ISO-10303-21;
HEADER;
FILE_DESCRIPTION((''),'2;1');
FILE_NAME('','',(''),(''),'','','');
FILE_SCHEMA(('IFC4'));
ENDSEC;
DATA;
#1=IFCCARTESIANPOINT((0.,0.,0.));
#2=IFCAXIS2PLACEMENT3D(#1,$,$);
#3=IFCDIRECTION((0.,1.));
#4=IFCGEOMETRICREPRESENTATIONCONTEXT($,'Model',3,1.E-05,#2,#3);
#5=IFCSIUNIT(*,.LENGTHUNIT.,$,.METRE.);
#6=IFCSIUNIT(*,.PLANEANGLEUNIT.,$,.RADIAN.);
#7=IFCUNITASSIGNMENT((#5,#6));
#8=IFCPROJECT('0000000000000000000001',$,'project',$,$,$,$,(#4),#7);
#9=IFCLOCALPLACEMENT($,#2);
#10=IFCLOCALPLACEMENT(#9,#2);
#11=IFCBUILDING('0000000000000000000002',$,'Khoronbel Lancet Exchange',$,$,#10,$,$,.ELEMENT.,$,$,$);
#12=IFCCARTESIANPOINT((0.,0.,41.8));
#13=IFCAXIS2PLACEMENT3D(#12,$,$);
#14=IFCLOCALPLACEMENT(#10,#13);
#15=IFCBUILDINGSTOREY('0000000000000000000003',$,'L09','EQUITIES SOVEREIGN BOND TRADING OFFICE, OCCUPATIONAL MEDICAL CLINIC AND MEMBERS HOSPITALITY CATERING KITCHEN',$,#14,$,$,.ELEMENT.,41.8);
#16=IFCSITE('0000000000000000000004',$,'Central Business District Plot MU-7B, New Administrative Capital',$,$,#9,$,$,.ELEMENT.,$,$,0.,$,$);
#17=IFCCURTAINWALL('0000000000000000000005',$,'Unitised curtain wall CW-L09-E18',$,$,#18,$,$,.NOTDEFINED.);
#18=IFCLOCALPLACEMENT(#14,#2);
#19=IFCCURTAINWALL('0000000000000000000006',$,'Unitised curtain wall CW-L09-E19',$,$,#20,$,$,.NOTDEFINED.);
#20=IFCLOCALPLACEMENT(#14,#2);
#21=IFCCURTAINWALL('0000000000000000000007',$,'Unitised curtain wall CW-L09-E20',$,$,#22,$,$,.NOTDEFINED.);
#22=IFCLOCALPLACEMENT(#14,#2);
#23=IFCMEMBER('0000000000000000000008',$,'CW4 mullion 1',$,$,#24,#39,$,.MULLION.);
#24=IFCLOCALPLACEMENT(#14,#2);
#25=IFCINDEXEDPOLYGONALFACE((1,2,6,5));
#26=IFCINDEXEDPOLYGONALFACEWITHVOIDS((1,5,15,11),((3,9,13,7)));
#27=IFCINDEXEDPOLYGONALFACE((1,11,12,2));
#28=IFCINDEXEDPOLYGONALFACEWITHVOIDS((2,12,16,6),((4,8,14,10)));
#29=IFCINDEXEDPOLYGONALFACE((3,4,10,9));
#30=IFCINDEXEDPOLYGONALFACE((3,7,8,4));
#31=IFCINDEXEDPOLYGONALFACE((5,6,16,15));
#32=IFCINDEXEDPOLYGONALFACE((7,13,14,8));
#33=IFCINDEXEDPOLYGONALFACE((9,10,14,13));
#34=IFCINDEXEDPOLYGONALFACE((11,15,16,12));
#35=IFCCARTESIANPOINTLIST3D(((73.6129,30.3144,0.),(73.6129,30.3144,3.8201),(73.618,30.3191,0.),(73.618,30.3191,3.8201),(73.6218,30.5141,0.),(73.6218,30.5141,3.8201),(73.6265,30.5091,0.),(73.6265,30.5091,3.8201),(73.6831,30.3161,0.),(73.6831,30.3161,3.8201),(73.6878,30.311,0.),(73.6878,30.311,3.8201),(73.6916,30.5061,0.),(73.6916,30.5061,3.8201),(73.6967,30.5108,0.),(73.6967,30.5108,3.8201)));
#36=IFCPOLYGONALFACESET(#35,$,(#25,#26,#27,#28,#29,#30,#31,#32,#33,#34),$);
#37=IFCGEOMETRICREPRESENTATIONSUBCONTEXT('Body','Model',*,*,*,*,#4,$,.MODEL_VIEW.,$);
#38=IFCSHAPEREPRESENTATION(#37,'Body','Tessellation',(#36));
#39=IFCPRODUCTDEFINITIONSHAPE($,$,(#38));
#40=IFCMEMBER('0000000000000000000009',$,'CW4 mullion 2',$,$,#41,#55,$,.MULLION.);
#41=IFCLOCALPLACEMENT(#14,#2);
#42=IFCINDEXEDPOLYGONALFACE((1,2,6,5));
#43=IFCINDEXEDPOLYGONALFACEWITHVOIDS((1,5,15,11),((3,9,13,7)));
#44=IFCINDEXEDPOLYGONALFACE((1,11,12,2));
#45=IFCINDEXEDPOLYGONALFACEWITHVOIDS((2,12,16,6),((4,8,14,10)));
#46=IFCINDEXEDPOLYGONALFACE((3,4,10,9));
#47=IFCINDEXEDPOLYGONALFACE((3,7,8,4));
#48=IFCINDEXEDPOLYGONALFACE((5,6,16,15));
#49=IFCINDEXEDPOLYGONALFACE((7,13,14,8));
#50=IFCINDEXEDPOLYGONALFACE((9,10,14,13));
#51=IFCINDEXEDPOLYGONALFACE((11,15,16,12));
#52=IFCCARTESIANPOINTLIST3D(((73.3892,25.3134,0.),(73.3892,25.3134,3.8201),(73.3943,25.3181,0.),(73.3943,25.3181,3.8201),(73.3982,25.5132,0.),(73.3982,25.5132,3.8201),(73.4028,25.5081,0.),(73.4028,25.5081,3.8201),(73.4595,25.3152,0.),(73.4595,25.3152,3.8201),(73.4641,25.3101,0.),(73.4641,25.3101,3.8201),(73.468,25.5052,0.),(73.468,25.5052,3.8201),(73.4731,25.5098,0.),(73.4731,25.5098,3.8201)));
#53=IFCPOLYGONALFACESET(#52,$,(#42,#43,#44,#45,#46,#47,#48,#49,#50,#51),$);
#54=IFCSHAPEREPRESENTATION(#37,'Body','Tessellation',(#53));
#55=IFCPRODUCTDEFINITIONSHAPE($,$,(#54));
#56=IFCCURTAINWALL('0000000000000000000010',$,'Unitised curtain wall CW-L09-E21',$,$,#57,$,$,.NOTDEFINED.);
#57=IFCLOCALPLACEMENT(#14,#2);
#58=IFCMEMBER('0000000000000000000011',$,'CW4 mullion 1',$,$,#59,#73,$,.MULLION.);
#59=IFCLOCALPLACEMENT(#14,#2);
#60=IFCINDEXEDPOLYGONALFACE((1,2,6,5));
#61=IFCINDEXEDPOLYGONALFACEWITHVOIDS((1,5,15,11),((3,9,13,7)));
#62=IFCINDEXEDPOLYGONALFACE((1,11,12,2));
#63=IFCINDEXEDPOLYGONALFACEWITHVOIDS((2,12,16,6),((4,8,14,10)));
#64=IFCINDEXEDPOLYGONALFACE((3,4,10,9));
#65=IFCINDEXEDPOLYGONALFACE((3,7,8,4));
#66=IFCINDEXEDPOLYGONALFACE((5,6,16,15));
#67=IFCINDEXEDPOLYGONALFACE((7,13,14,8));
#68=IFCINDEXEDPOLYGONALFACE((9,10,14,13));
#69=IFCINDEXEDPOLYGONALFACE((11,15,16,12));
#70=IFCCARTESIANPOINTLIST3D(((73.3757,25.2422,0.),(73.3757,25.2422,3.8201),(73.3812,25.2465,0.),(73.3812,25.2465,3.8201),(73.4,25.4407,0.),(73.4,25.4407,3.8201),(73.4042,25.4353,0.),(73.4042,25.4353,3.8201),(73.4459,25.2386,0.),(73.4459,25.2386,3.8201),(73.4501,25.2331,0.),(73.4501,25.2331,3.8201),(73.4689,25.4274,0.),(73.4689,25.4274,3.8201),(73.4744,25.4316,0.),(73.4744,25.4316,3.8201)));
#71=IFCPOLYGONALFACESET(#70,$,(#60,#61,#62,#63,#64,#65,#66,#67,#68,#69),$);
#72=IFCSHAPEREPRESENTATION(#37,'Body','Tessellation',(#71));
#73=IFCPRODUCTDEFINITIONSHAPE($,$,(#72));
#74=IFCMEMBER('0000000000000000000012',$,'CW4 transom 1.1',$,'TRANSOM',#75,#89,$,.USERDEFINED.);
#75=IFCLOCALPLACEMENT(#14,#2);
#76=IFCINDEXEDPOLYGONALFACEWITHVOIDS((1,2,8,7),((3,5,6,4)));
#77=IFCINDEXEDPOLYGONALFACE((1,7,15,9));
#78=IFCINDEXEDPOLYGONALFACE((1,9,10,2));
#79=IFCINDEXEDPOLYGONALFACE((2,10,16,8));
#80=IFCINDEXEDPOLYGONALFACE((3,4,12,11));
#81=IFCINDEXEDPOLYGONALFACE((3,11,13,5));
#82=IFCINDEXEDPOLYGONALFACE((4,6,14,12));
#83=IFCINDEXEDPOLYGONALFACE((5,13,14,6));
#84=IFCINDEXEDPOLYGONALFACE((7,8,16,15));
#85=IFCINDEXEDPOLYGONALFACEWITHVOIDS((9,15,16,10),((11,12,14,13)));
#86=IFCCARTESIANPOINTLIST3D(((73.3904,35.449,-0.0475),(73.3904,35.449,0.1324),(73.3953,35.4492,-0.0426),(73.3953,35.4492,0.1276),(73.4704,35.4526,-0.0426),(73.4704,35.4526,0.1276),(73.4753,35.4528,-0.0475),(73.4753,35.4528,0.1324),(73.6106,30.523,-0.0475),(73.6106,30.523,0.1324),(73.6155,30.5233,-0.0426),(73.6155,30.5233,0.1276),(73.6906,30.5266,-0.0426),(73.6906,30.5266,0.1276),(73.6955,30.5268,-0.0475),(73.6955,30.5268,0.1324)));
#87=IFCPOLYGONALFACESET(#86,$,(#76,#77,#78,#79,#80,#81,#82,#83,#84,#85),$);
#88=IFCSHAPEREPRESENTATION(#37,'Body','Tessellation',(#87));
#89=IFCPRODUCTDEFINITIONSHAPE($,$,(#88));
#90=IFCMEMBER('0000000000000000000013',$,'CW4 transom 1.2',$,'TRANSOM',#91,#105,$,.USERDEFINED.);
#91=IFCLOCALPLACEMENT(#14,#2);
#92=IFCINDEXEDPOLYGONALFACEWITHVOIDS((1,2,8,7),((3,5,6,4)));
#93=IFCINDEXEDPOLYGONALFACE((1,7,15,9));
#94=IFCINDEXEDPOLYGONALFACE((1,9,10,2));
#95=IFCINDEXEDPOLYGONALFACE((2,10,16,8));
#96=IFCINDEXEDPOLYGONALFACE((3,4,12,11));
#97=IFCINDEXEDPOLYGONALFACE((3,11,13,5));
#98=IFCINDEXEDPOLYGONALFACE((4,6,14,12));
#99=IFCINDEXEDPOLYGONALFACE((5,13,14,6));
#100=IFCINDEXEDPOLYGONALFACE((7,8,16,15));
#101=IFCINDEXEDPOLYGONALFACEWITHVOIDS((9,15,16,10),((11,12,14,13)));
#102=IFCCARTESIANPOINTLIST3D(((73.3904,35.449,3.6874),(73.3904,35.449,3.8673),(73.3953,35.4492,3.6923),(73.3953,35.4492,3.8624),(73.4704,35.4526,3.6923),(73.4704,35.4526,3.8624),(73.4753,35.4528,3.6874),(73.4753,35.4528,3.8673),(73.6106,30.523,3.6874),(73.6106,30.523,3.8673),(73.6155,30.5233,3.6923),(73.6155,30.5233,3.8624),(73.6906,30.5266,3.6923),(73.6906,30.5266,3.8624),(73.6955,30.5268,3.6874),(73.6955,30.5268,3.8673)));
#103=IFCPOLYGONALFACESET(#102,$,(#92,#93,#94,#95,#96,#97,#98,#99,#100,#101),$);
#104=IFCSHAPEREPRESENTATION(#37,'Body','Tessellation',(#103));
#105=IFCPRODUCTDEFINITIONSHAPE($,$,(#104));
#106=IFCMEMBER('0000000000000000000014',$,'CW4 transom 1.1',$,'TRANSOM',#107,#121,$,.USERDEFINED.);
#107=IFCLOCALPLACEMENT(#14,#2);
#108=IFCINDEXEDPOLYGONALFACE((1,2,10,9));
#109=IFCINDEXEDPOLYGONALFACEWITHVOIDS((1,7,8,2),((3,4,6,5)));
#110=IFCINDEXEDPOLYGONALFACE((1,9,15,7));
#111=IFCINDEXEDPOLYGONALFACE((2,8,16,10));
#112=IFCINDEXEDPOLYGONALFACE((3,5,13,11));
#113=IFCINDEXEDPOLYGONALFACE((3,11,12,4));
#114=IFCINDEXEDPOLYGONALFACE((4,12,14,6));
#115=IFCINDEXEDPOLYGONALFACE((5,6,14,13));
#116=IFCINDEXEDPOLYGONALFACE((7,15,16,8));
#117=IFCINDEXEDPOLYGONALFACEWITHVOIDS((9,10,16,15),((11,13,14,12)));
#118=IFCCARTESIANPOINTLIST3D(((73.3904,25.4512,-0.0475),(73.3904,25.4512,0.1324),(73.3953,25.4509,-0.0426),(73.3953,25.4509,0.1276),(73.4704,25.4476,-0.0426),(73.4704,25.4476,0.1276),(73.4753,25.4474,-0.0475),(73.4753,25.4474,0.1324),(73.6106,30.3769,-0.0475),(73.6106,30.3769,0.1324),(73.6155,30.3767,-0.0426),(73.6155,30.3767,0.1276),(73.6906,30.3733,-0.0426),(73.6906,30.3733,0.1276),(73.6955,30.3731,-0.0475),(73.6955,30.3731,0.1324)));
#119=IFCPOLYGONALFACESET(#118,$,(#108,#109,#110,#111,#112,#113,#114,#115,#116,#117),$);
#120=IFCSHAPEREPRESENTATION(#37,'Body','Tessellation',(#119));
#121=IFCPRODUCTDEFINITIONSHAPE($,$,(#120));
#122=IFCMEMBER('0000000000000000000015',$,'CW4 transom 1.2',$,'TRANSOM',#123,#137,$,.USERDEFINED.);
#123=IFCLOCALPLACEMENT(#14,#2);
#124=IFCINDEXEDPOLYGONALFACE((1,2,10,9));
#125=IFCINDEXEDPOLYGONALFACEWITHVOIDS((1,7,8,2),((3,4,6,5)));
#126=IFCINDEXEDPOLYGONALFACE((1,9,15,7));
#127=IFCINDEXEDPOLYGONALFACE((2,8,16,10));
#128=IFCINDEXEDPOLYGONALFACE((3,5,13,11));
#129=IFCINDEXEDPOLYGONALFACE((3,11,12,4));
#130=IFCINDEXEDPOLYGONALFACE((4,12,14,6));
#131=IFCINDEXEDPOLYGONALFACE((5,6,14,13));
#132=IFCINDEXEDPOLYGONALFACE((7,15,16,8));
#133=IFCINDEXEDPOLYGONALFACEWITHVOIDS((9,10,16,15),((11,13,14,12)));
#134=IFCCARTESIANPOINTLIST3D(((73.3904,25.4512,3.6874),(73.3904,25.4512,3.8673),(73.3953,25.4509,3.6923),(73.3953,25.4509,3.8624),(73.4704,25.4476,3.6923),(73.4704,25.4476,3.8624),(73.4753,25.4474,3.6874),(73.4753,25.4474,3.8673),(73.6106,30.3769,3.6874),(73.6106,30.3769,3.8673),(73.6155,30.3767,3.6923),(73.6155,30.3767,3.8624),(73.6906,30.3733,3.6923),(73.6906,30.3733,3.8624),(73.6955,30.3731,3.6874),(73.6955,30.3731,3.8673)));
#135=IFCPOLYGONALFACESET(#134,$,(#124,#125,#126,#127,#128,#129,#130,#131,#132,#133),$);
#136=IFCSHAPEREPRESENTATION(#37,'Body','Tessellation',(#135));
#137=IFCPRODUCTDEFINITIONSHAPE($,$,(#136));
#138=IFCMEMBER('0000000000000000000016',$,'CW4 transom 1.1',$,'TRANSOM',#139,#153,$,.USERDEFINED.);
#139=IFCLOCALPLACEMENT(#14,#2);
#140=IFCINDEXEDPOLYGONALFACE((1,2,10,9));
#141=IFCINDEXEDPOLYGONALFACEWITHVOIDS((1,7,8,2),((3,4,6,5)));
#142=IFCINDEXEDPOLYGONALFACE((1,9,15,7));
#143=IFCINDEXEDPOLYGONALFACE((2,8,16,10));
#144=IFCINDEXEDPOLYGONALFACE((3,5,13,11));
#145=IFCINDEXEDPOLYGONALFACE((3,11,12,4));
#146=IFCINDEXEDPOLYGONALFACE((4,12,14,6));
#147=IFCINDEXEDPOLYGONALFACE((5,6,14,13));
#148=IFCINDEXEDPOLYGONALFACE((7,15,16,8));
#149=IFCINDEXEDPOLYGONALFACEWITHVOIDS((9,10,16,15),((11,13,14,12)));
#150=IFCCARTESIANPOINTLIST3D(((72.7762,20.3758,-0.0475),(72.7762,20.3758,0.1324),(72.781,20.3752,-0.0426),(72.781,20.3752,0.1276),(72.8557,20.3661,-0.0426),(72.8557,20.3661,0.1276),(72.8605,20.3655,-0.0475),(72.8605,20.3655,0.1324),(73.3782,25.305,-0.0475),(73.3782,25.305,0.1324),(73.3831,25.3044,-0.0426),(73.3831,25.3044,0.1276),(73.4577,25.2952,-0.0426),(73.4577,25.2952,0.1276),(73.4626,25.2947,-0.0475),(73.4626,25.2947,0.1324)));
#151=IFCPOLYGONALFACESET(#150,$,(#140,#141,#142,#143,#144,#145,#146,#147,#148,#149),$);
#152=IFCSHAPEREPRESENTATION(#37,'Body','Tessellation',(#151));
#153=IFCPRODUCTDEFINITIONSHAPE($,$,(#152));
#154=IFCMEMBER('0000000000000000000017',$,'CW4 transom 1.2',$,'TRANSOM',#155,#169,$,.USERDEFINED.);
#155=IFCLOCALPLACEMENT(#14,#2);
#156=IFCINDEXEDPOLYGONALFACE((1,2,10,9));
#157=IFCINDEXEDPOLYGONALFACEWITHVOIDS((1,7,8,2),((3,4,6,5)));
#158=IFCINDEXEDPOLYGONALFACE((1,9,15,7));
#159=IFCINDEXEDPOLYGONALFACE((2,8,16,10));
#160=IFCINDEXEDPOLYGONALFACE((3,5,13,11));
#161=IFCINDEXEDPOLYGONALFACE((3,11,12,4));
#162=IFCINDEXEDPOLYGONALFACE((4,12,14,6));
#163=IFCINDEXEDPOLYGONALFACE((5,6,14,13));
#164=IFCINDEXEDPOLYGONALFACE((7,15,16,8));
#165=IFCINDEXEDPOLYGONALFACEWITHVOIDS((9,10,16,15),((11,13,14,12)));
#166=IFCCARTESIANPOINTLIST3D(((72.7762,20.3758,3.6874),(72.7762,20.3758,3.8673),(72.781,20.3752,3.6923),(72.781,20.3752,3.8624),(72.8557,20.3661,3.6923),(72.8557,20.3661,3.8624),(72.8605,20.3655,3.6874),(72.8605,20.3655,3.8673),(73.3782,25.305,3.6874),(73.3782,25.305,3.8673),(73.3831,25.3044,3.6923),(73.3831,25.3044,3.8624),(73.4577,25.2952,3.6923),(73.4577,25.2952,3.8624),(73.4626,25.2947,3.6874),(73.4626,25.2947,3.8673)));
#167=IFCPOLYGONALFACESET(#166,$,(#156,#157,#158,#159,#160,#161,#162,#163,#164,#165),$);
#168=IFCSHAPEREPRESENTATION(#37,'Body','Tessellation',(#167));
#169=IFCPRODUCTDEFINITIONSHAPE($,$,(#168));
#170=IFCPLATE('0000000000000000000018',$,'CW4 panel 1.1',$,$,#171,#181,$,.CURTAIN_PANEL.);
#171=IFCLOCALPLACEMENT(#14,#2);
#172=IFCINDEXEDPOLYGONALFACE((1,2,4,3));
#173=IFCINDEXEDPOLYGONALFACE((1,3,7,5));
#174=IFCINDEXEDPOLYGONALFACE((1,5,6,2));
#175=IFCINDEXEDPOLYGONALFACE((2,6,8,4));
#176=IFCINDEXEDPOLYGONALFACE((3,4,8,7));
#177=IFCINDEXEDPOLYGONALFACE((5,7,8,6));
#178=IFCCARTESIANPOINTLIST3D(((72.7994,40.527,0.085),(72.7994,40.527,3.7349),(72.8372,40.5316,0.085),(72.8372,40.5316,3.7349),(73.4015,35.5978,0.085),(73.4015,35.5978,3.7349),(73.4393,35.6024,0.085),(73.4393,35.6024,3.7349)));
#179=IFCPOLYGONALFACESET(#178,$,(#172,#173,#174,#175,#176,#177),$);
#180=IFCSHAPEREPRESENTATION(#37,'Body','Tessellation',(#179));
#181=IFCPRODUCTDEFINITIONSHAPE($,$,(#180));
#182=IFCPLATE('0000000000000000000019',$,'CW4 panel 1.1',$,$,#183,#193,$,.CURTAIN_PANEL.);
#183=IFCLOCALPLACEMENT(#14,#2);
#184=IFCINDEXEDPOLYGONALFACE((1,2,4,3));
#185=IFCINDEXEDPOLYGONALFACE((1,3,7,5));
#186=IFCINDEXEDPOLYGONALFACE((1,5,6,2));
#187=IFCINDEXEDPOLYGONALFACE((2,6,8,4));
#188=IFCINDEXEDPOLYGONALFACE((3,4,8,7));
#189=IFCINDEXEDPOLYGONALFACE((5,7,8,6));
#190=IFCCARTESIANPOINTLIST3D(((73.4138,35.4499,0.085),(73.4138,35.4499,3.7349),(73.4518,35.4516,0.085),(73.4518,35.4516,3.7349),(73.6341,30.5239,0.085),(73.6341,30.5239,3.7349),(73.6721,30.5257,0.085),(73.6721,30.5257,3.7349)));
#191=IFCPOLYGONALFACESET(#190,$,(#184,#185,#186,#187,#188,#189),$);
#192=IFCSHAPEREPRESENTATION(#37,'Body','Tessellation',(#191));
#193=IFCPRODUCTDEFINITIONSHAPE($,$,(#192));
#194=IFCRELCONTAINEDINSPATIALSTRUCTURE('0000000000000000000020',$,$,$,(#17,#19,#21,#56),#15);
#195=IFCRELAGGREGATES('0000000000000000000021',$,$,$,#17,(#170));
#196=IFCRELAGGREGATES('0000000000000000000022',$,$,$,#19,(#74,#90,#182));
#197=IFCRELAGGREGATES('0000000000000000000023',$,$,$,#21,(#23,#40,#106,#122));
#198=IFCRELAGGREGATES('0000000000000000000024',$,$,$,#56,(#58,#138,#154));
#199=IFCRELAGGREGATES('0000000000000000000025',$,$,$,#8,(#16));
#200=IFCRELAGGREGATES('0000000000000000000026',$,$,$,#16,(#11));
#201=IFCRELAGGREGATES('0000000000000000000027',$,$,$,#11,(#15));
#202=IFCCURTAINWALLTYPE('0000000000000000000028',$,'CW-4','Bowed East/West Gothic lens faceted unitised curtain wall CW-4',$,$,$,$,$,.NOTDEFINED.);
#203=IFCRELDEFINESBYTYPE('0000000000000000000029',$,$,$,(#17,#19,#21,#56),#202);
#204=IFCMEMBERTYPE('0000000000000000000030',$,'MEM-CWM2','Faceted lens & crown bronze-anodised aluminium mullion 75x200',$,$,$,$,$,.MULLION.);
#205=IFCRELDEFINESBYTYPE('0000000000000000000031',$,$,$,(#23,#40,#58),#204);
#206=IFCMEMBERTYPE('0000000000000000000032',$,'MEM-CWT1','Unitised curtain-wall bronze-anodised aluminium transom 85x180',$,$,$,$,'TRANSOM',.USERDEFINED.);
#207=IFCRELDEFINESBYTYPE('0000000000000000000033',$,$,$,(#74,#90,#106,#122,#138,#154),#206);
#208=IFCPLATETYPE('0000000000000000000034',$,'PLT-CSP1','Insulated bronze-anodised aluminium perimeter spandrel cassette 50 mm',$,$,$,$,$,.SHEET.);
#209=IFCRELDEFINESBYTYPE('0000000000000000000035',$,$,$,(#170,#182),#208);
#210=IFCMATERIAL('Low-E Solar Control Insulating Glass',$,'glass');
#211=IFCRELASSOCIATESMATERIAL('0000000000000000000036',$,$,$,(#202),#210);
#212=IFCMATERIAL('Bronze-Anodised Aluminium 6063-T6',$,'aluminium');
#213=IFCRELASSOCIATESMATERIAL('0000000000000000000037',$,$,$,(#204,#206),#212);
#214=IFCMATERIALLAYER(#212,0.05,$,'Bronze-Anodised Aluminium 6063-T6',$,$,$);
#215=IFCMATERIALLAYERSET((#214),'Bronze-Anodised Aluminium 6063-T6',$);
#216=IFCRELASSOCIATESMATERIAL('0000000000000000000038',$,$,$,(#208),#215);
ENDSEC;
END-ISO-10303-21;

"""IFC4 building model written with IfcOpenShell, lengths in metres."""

from ifc_helpers import new_model, si_unit, direction, frame, origin, origin_2d, place, context, subcontext, project, spatial, rectangle, hollow_rectangle, extrude, material, layer, layer_set, material_profile, profile_set, type_object, element, aggregate, save


model = new_model("IFC4")

# Units and contexts
model_context = context("Model", 3, precision=1e-05, world=origin(), true_north=direction((0.0, 1.0)))
body_context = subcontext(model_context, "Body", "Model", "MODEL_VIEW")
ifc_project = project(units=[si_unit("LENGTHUNIT", "METRE"), si_unit("PLANEANGLEUNIT", "RADIAN")], contexts=[model_context])

# Site, building, storey
site_placement = place(None, origin())
site = spatial("IfcSite", under=ifc_project, at=site_placement, Name="Central Business District Plot MU-7B, New Administrative Capital", CompositionType="ELEMENT", RefElevation=0.0)
building_placement = place(site_placement, origin())
building = spatial("IfcBuilding", under=site, at=building_placement, Name="Khoronbel Lancet Exchange", CompositionType="ELEMENT")
storey_placement = place(building_placement, frame((0.0, 0.0, 41.8)))
storey = spatial("IfcBuildingStorey", under=building, at=storey_placement, Name="L09", Description="EQUITIES SOVEREIGN BOND TRADING OFFICE, OCCUPATIONAL MEDICAL CLINIC AND MEMBERS HOSPITALITY CATERING KITCHEN", CompositionType="ELEMENT", Elevation=41.8)

# Curtain wall
ifc_material_1 = material(Name="Low-E Solar Control Insulating Glass", Category="glass")
curtain_wall_type = type_object("IfcCurtainWallType", Name="CW-4", Description="Bowed East/West Gothic lens faceted unitised curtain wall CW-4", PredefinedType="NOTDEFINED", material=ifc_material_1)
curtain_wall_1_placement = place(storey_placement, origin())
curtain_wall_1 = element("IfcCurtainWall", 1, at=curtain_wall_1_placement, inside=storey, type_object=curtain_wall_type, Name="Unitised curtain wall CW-L09-E18", PredefinedType="NOTDEFINED")
ifc_material_2 = material(Name="Bronze-Anodised Aluminium 6063-T6", Category="aluminium")
ifc_material_profile_1 = material_profile(ifc_material_2, hollow_rectangle(XDim=0.075, YDim=0.2, WallThickness=0.0049, at=origin_2d()), Name="ALU MULLION 75x200")
ifc_profile_set_1 = profile_set([ifc_material_profile_1], Name="Bronze-Anodised Aluminium 6063-T6")
member_type_1 = type_object("IfcMemberType", Name="MEM-CWM2", Description="Faceted lens & crown bronze-anodised aluminium mullion 75x200", PredefinedType="MULLION", material=ifc_profile_set_1)

# Curtain walls, members
curtain_wall_2_placement = place(storey_placement, origin())
curtain_wall_2 = element("IfcCurtainWall", 2, at=curtain_wall_2_placement, inside=storey, type_object=curtain_wall_type, Name="Unitised curtain wall CW-L09-E19", PredefinedType="NOTDEFINED")
curtain_wall_3_placement = place(storey_placement, origin())
curtain_wall_3 = element("IfcCurtainWall", 3, at=curtain_wall_3_placement, inside=storey, type_object=curtain_wall_type, Name="Unitised curtain wall CW-L09-E20", PredefinedType="NOTDEFINED")
member_1_placement = place(storey_placement, frame((73.6548, 30.4126, 0.0), z_axis=(0.0, 0.0, 1.0), x_axis=(0.999001, -0.044677, 0.0)))
member_1 = element("IfcMember", 4, at=member_1_placement, type_object=member_type_1, Name="CW4 mullion 1", PredefinedType="MULLION", context=body_context, shape_type="SweptSolid", body=[
    extrude(hollow_rectangle(XDim=0.075, YDim=0.2, WallThickness=0.0049, at=origin_2d()), origin(), (0.0, 0.0, 1.0), 3.8201),
])
member_2_placement = place(storey_placement, frame((73.4312, 25.4116, 0.0), z_axis=(0.0, 0.0, 1.0), x_axis=(0.999001, -0.044677, 0.0)))
member_2 = element("IfcMember", 5, at=member_2_placement, type_object=member_type_1, Name="CW4 mullion 2", PredefinedType="MULLION", context=body_context, shape_type="SweptSolid", body=[
    extrude(hollow_rectangle(XDim=0.075, YDim=0.2, WallThickness=0.0049, at=origin_2d()), origin(), (0.0, 0.0, 1.0), 3.8201),
])

# Curtain wall, member
curtain_wall_4_placement = place(storey_placement, origin())
curtain_wall_4 = element("IfcCurtainWall", 6, at=curtain_wall_4_placement, inside=storey, type_object=curtain_wall_type, Name="Unitised curtain wall CW-L09-E21", PredefinedType="NOTDEFINED")
member_3_placement = place(storey_placement, frame((73.425, 25.3369, 0.0), z_axis=(0.0, 0.0, 1.0), x_axis=(0.992622, -0.121253, 0.0)))
member_3 = element("IfcMember", 7, at=member_3_placement, type_object=member_type_1, Name="CW4 mullion 1", PredefinedType="MULLION", context=body_context, shape_type="SweptSolid", body=[
    extrude(hollow_rectangle(XDim=0.075, YDim=0.2, WallThickness=0.0049, at=origin_2d()), origin(), (0.0, 0.0, 1.0), 3.8201),
])

# Members
ifc_material_profile_2 = material_profile(ifc_material_2, hollow_rectangle(XDim=0.085, YDim=0.1799, WallThickness=0.0049, at=origin_2d()), Name="ALU TRANSOM 85x180")
ifc_profile_set_2 = profile_set([ifc_material_profile_2], Name="Bronze-Anodised Aluminium 6063-T6")
member_type_2 = type_object("IfcMemberType", Name="MEM-CWT1", Description="Unitised curtain-wall bronze-anodised aluminium transom 85x180", ElementType="TRANSOM", PredefinedType="USERDEFINED", material=ifc_profile_set_2)
member_4_placement = place(storey_placement, frame((73.4329, 35.4509, 0.0425), z_axis=(0.04466, -0.999002, 0.0), x_axis=(0.999002, 0.04466, 0.0)))
member_4 = element("IfcMember", 8, at=member_4_placement, type_object=member_type_2, Name="CW4 transom 1.1", ObjectType="TRANSOM", PredefinedType="USERDEFINED", context=body_context, shape_type="SweptSolid", body=[
    extrude(hollow_rectangle(XDim=0.085, YDim=0.1799, WallThickness=0.0049, at=origin_2d()), origin(), (0.0, 0.0, 1.0), 4.9309),
])
member_5_placement = place(storey_placement, frame((73.4329, 35.4509, 3.7773), z_axis=(0.04466, -0.999002, 0.0), x_axis=(0.999002, 0.04466, 0.0)))
member_5 = element("IfcMember", 9, at=member_5_placement, type_object=member_type_2, Name="CW4 transom 1.2", ObjectType="TRANSOM", PredefinedType="USERDEFINED", context=body_context, shape_type="SweptSolid", body=[
    extrude(hollow_rectangle(XDim=0.085, YDim=0.1799, WallThickness=0.0049, at=origin_2d()), origin(), (0.0, 0.0, 1.0), 4.9309),
])
member_6_placement = place(storey_placement, frame((73.6531, 30.375, 0.0425), z_axis=(-0.044662, -0.999002, 0.0), x_axis=(0.999002, -0.044662, 0.0)))
member_6 = element("IfcMember", 10, at=member_6_placement, type_object=member_type_2, Name="CW4 transom 1.1", ObjectType="TRANSOM", PredefinedType="USERDEFINED", context=body_context, shape_type="SweptSolid", body=[
    extrude(hollow_rectangle(XDim=0.085, YDim=0.1799, WallThickness=0.0049, at=origin_2d()), origin(), (0.0, 0.0, 1.0), 4.9307),
])
member_7_placement = place(storey_placement, frame((73.6531, 30.375, 3.7773), z_axis=(-0.044662, -0.999002, 0.0), x_axis=(0.999002, -0.044662, 0.0)))
member_7 = element("IfcMember", 11, at=member_7_placement, type_object=member_type_2, Name="CW4 transom 1.2", ObjectType="TRANSOM", PredefinedType="USERDEFINED", context=body_context, shape_type="SweptSolid", body=[
    extrude(hollow_rectangle(XDim=0.085, YDim=0.1799, WallThickness=0.0049, at=origin_2d()), origin(), (0.0, 0.0, 1.0), 4.9307),
])
member_8_placement = place(storey_placement, frame((73.4204, 25.2998, 0.0425), z_axis=(-0.121239, -0.992623, 0.0), x_axis=(0.992623, -0.121239, 0.0)))
member_8 = element("IfcMember", 12, at=member_8_placement, type_object=member_type_2, Name="CW4 transom 1.1", ObjectType="TRANSOM", PredefinedType="USERDEFINED", context=body_context, shape_type="SweptSolid", body=[
    extrude(hollow_rectangle(XDim=0.085, YDim=0.1799, WallThickness=0.0049, at=origin_2d()), origin(), (0.0, 0.0, 1.0), 4.9658),
])
member_9_placement = place(storey_placement, frame((73.4204, 25.2998, 3.7773), z_axis=(-0.121239, -0.992623, 0.0), x_axis=(0.992623, -0.121239, 0.0)))
member_9 = element("IfcMember", 13, at=member_9_placement, type_object=member_type_2, Name="CW4 transom 1.2", ObjectType="TRANSOM", PredefinedType="USERDEFINED", context=body_context, shape_type="SweptSolid", body=[
    extrude(hollow_rectangle(XDim=0.085, YDim=0.1799, WallThickness=0.0049, at=origin_2d()), origin(), (0.0, 0.0, 1.0), 4.9658),
])

# Plates
ifc_layer_1 = layer(ifc_material_2, 0.05, Name="Bronze-Anodised Aluminium 6063-T6")
ifc_layer_set_1 = layer_set([ifc_layer_1], Name="Bronze-Anodised Aluminium 6063-T6")
plate_type = type_object("IfcPlateType", Name="PLT-CSP1", Description="Insulated bronze-anodised aluminium perimeter spandrel cassette 50 mm", PredefinedType="SHEET", material=ifc_layer_set_1)
plate_1_placement = place(storey_placement, frame((73.1194, 38.0647, 0.085), z_axis=(0.0, 0.0, 1.0), x_axis=(0.121253, -0.992622, 0.0)))
plate_1 = element("IfcPlate", 14, at=plate_1_placement, type_object=plate_type, Name="CW4 panel 1.1", PredefinedType="CURTAIN_PANEL", context=body_context, shape_type="SweptSolid", body=[
    extrude(rectangle(XDim=4.9658, YDim=0.0381, at=origin_2d()), origin(), (0.0, 0.0, 1.0), 3.6499),
])
aggregate(curtain_wall_1, [plate_1])
plate_2_placement = place(storey_placement, frame((73.543, 32.9878, 0.085), z_axis=(0.0, 0.0, 1.0), x_axis=(0.044677, -0.999001, 0.0)))
plate_2 = element("IfcPlate", 15, at=plate_2_placement, type_object=plate_type, Name="CW4 panel 1.1", PredefinedType="CURTAIN_PANEL", context=body_context, shape_type="SweptSolid", body=[
    extrude(rectangle(XDim=4.9309, YDim=0.0381, at=origin_2d()), origin(), (0.0, 0.0, 1.0), 3.6499),
])
aggregate(curtain_wall_2, [member_4, member_5, plate_2])
aggregate(curtain_wall_3, [member_1, member_2, member_6, member_7])
aggregate(curtain_wall_4, [member_3, member_8, member_9])

save(model, "model.ifc")
